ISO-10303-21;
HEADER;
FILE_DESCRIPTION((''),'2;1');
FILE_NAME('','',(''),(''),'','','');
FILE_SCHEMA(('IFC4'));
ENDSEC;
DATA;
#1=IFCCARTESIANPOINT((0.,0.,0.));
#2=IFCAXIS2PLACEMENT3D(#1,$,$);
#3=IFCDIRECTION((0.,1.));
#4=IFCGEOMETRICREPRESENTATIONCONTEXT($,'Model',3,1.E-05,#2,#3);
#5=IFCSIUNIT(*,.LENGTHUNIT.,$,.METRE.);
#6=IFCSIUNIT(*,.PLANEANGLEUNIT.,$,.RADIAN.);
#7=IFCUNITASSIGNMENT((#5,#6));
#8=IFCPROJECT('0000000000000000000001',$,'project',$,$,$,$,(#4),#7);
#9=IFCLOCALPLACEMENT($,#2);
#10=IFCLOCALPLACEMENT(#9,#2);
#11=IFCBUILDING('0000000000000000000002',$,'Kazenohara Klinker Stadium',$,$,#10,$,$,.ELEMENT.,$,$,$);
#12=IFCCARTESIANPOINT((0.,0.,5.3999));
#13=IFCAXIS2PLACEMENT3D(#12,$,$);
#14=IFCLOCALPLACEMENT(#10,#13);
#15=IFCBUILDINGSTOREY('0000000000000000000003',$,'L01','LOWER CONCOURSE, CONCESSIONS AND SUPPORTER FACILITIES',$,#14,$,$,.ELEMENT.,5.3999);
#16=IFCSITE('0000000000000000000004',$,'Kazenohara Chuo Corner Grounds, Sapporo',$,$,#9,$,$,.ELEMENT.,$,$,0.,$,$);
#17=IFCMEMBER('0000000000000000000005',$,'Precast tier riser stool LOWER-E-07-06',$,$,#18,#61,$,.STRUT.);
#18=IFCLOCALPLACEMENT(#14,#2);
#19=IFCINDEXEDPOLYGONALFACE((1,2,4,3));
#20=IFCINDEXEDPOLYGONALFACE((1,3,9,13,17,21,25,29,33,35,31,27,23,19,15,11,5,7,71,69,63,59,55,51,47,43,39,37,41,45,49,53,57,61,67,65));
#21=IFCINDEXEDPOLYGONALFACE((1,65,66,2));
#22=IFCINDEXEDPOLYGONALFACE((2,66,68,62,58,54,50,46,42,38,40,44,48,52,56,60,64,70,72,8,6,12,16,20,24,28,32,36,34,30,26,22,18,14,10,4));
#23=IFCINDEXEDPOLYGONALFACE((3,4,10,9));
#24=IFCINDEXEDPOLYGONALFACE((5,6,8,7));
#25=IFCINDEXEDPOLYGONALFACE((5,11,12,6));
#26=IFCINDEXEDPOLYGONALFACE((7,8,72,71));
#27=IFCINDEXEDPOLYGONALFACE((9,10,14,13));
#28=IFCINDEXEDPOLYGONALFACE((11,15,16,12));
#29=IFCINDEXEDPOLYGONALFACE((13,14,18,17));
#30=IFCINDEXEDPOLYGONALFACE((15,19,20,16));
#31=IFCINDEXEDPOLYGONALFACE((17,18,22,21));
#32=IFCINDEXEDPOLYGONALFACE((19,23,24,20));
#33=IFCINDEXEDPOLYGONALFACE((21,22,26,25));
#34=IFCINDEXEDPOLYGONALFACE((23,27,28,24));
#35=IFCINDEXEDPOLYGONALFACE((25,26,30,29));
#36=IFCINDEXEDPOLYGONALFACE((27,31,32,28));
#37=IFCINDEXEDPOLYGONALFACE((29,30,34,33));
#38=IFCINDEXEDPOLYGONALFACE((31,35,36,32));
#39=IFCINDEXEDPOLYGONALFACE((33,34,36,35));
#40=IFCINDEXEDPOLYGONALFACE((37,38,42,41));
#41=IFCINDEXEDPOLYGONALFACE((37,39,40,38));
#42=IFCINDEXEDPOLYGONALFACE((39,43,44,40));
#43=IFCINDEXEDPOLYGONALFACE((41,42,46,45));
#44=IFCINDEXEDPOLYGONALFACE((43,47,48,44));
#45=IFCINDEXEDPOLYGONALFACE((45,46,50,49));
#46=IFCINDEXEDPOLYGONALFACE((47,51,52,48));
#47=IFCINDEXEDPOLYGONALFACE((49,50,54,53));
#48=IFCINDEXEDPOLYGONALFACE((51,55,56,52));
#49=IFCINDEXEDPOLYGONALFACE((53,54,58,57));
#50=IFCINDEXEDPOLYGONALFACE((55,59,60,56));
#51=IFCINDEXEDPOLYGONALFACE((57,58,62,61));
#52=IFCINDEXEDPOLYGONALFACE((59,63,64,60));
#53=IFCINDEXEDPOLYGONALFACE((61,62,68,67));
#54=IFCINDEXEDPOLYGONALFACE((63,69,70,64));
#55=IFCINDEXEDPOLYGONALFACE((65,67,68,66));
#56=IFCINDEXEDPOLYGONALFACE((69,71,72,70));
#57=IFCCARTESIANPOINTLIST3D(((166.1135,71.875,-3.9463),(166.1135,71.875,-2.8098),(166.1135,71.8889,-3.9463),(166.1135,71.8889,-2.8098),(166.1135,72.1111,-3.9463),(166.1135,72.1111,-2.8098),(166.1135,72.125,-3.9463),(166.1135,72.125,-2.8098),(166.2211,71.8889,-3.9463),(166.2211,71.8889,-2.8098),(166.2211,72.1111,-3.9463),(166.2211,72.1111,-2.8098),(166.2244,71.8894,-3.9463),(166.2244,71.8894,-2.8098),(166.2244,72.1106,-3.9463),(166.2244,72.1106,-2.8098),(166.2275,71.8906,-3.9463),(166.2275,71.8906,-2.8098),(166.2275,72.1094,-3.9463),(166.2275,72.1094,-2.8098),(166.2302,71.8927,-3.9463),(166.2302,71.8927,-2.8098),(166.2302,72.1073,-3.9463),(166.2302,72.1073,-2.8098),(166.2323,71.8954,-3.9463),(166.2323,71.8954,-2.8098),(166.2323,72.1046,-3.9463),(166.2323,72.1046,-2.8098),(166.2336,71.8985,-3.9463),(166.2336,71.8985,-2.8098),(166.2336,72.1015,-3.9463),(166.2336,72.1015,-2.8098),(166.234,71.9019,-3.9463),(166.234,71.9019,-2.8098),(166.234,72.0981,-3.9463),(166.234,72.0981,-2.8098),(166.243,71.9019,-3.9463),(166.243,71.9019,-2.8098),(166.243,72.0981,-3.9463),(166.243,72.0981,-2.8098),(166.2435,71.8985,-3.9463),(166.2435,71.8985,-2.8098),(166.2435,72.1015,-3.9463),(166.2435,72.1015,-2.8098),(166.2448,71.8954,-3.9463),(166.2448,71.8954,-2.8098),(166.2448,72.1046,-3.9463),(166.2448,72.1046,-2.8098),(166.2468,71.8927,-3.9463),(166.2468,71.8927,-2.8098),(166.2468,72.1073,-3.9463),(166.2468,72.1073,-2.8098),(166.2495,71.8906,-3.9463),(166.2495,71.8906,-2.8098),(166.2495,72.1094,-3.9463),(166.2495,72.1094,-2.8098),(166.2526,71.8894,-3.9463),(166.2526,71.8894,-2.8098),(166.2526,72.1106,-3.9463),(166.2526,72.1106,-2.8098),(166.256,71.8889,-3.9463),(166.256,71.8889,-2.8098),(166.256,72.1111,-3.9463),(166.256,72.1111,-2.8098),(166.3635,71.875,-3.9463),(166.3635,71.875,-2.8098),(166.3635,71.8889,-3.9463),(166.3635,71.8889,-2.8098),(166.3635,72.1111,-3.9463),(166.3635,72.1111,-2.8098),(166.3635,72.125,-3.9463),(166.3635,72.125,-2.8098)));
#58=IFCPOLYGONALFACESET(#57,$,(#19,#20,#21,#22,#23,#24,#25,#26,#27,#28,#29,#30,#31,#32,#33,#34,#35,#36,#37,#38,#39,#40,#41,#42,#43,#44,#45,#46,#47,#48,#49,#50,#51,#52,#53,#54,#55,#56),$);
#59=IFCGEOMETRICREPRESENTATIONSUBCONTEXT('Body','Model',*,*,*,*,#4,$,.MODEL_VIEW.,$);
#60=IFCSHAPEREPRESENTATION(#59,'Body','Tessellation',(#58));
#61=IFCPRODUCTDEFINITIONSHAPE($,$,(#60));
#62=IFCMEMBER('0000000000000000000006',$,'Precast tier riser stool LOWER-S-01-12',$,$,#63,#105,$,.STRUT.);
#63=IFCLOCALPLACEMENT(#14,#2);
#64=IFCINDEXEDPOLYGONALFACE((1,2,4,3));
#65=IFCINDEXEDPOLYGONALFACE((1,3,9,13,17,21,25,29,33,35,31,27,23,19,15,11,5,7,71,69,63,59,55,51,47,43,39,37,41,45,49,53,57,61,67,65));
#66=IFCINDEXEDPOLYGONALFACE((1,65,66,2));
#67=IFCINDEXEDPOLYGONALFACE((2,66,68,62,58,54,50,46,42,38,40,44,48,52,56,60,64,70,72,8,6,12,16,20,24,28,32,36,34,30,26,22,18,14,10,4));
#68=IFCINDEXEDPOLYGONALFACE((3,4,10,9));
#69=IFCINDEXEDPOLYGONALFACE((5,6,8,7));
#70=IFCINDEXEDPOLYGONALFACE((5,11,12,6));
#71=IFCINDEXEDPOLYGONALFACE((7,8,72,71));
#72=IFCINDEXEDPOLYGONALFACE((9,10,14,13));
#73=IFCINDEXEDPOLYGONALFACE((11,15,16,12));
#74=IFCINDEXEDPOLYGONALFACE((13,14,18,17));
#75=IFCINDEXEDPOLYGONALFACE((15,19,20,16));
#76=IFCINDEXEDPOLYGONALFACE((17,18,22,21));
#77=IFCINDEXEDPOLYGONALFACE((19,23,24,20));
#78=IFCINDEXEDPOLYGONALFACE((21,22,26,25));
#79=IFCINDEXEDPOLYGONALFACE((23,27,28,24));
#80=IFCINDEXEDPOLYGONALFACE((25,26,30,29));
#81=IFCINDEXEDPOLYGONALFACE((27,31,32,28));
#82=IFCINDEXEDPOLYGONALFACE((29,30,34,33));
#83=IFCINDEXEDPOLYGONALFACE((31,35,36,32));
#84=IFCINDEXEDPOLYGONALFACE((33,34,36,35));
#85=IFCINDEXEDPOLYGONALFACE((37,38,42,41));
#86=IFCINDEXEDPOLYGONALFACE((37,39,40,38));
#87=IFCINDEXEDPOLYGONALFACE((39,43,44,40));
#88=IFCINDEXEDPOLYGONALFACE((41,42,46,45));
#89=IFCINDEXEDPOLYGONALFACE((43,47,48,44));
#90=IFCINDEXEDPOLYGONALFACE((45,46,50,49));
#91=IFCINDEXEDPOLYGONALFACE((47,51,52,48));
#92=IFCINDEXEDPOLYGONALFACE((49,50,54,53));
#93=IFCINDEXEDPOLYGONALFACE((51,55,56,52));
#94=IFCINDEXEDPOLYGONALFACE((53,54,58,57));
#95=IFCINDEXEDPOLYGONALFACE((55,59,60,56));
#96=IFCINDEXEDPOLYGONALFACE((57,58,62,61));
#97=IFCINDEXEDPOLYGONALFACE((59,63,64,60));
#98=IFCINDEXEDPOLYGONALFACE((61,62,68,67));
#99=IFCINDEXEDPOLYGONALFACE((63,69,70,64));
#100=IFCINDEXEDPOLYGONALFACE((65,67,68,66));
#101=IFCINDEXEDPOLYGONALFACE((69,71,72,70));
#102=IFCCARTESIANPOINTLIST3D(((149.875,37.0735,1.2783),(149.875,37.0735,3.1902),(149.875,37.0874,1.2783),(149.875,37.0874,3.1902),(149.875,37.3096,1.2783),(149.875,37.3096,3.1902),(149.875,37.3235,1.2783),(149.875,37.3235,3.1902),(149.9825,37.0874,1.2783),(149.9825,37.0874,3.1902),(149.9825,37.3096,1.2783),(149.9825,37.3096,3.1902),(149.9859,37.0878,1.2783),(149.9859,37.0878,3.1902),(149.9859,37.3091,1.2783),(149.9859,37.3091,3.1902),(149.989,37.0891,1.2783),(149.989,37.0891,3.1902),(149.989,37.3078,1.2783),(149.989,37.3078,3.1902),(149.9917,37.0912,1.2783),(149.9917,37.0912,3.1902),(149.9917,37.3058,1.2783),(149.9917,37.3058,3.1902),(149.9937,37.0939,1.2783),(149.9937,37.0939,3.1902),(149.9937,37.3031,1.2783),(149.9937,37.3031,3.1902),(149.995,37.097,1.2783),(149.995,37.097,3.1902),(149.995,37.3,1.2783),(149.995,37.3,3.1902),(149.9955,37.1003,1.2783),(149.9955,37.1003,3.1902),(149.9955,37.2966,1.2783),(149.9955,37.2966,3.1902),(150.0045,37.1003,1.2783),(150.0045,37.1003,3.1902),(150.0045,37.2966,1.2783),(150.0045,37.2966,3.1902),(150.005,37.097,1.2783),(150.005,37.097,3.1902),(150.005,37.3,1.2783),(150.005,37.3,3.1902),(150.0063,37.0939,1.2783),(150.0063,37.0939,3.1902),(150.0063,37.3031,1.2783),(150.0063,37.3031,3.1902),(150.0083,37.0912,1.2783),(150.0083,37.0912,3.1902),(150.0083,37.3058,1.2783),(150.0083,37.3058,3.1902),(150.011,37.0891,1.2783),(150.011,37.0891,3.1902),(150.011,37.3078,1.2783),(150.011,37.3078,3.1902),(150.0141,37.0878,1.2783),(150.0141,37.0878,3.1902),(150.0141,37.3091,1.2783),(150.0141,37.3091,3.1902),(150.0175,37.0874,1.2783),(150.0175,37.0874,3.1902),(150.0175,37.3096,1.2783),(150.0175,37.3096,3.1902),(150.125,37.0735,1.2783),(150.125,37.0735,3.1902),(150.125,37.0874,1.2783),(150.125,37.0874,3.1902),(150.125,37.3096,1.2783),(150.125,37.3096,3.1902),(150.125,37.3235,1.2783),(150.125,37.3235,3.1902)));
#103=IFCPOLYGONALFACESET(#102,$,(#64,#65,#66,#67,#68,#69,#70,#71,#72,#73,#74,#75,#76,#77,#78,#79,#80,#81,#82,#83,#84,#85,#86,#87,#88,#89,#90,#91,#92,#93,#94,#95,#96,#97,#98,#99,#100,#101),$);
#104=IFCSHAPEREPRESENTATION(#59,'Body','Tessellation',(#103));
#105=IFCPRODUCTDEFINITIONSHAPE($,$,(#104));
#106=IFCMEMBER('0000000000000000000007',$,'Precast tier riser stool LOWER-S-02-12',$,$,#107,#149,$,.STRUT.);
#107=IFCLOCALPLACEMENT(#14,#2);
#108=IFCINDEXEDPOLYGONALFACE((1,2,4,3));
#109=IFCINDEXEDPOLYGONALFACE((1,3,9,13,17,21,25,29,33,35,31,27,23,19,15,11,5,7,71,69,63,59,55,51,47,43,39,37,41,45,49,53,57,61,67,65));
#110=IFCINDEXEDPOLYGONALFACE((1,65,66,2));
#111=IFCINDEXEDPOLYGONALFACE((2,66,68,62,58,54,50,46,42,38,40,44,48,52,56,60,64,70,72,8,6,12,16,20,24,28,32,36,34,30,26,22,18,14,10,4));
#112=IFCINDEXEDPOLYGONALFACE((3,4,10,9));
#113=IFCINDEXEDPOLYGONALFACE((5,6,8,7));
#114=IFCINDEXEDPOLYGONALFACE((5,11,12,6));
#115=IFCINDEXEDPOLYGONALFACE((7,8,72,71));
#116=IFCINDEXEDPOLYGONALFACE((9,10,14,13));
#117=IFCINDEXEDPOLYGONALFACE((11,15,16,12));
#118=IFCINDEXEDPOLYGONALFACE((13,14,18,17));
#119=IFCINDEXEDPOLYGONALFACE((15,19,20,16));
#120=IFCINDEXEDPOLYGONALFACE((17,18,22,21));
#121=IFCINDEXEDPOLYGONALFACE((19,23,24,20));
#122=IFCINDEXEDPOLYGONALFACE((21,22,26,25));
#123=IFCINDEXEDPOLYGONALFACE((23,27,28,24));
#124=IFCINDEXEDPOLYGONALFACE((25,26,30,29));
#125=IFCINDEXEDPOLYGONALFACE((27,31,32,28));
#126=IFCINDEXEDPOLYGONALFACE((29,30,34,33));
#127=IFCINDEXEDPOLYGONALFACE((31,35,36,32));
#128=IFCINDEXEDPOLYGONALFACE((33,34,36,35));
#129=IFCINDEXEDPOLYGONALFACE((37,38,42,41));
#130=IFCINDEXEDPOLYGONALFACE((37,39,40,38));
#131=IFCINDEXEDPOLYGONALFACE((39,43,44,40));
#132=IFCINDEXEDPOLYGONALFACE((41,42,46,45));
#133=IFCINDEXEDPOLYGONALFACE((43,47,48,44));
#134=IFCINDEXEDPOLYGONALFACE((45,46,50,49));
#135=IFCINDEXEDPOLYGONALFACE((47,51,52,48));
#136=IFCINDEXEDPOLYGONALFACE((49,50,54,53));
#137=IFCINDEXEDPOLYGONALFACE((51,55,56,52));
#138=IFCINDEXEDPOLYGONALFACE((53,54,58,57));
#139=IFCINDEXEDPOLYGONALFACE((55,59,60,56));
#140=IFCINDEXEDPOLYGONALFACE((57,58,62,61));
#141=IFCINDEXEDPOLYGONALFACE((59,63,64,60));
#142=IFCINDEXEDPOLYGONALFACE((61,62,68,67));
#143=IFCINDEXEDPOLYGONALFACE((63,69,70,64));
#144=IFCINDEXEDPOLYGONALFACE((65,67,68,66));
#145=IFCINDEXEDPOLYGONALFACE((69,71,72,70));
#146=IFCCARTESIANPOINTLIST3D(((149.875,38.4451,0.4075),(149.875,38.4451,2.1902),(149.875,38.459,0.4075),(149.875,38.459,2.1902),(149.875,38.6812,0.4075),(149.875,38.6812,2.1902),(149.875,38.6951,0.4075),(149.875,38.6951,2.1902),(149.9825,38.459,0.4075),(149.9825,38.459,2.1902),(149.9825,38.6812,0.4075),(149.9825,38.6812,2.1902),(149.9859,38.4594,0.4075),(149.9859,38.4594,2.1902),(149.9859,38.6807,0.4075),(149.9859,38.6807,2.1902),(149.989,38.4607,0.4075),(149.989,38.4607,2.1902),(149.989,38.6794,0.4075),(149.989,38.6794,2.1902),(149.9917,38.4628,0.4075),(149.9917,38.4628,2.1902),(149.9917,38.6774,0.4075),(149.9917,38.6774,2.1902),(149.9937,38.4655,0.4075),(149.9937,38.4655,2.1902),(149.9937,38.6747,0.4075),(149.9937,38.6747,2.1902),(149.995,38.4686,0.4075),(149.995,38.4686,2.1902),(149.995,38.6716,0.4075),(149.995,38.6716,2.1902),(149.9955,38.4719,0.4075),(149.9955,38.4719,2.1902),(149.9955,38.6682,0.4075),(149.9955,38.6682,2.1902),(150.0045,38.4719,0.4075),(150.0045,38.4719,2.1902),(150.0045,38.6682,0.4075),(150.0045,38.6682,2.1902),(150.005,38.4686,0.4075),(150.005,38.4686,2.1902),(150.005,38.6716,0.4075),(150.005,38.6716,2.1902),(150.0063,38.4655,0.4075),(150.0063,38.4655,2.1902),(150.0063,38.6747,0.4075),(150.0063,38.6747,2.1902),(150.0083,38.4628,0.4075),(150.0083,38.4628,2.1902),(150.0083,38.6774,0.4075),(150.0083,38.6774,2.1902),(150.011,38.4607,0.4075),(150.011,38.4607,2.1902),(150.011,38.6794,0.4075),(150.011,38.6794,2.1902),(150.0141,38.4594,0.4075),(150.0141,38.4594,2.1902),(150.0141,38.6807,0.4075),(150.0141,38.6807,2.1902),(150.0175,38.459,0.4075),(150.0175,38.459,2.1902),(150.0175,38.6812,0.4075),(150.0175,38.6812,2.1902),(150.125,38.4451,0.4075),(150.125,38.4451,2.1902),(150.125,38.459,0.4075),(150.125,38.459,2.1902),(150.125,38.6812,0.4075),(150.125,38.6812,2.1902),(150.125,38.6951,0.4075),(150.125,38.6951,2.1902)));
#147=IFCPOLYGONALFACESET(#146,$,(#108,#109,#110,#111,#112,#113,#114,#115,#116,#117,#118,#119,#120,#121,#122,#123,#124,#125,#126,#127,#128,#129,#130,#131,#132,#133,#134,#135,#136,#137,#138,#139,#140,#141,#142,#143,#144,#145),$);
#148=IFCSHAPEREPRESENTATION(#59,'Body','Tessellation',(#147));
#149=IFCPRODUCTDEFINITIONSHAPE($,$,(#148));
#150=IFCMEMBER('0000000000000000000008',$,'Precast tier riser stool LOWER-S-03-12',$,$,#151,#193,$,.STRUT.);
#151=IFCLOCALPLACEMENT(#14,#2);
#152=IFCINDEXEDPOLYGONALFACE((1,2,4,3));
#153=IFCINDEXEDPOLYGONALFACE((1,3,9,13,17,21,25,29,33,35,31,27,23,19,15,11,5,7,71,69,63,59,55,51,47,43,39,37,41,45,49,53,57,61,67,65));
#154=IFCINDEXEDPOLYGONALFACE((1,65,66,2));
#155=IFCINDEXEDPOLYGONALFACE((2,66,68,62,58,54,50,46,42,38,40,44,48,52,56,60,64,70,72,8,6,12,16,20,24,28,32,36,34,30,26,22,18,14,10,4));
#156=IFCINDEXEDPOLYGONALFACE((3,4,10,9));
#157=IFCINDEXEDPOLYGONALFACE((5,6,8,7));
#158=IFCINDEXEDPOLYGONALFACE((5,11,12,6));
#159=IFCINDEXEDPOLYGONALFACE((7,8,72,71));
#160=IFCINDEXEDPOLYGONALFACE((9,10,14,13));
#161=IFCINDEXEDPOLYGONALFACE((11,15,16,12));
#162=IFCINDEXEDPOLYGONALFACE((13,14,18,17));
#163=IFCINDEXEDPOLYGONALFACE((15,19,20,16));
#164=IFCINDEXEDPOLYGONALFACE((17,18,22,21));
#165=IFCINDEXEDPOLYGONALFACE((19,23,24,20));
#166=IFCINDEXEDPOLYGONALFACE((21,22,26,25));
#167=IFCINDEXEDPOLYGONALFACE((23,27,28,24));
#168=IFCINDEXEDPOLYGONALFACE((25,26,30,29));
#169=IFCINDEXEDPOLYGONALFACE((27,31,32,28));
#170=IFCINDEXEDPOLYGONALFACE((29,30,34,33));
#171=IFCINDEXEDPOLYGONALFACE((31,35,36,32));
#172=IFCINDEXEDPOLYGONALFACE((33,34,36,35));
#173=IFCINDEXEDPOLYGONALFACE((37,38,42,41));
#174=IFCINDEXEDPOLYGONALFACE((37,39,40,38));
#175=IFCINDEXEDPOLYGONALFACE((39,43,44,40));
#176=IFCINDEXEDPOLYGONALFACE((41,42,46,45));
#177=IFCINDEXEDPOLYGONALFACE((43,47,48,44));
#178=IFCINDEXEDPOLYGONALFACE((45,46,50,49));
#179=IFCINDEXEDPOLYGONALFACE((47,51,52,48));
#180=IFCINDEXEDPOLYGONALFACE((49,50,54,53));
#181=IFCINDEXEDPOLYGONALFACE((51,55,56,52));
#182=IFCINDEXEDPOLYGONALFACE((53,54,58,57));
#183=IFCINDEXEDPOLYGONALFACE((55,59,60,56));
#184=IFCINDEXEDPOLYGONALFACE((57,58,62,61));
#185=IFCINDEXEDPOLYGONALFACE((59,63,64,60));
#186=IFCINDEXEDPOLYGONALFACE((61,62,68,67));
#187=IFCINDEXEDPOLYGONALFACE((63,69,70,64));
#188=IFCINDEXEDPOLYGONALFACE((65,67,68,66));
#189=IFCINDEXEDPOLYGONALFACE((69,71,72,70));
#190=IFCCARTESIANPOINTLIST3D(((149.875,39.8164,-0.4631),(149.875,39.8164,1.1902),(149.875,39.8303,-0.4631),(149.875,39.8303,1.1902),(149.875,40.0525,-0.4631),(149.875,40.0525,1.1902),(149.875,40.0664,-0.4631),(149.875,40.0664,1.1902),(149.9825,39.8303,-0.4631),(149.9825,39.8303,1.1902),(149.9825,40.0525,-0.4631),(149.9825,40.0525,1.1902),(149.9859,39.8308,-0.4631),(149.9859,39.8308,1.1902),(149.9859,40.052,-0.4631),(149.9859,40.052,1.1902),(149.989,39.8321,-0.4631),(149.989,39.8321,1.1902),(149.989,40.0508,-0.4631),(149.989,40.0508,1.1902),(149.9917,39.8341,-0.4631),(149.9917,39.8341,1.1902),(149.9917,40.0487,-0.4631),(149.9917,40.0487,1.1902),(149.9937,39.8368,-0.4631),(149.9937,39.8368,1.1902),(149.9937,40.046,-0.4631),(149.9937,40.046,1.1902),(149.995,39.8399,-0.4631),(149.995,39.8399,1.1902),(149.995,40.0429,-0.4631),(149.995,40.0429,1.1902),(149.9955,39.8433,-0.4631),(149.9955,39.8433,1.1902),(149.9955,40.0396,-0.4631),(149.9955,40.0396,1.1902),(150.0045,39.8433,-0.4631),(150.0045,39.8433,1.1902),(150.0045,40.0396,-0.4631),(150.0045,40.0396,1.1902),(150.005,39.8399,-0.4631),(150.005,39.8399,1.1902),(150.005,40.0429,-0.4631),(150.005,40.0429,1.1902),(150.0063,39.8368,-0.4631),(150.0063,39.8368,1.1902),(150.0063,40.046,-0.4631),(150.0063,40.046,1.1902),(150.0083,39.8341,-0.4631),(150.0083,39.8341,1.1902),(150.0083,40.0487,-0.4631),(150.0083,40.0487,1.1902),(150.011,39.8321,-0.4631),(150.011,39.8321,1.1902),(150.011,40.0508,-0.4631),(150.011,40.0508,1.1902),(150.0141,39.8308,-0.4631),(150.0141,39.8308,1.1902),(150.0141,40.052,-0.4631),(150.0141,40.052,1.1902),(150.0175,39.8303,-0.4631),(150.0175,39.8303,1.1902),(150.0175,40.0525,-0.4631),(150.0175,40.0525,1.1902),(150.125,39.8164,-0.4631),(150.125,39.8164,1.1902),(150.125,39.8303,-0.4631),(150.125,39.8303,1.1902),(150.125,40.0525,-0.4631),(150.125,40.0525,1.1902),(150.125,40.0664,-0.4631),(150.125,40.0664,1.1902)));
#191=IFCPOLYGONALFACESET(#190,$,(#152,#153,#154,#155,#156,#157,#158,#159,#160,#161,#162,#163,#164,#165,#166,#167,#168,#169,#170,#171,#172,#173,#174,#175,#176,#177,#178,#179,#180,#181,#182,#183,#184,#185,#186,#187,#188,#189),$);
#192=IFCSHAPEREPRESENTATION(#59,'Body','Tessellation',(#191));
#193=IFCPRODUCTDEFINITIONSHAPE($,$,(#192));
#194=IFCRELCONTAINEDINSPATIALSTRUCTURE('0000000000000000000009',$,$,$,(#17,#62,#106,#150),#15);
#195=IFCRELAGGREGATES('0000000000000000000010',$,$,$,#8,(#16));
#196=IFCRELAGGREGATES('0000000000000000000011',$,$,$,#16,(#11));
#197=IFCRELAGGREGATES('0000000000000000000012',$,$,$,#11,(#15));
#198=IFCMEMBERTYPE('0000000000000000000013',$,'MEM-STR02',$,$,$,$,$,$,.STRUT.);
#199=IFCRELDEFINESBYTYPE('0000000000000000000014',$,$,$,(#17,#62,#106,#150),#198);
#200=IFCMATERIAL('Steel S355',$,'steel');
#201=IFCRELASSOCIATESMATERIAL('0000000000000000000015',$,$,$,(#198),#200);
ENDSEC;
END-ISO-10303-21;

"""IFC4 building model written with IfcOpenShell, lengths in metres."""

from ifc_helpers import new_model, si_unit, direction, frame, origin, origin_2d, place, context, subcontext, project, spatial, i_section, extrude, material, material_profile, profile_set, type_object, element, save


model = new_model("IFC4")

# Units and contexts
model_context = context("Model", 3, precision=1e-05, world=origin(), true_north=direction((0.0, 1.0)))
body_context = subcontext(model_context, "Body", "Model", "MODEL_VIEW")
ifc_project = project(units=[si_unit("LENGTHUNIT", "METRE"), si_unit("PLANEANGLEUNIT", "RADIAN")], contexts=[model_context])

# Site, building, storey
site_placement = place(None, origin())
site = spatial("IfcSite", under=ifc_project, at=site_placement, Name="Kazenohara Chuo Corner Grounds, Sapporo", CompositionType="ELEMENT", RefElevation=0.0)
building_placement = place(site_placement, origin())
building = spatial("IfcBuilding", under=site, at=building_placement, Name="Kazenohara Klinker Stadium", CompositionType="ELEMENT")
storey_placement = place(building_placement, frame((0.0, 0.0, 5.3999)))
storey = spatial("IfcBuildingStorey", under=building, at=storey_placement, Name="L01", Description="LOWER CONCOURSE, CONCESSIONS AND SUPPORTER FACILITIES", CompositionType="ELEMENT", Elevation=5.3999)

# Shared definitions
ifc_material_1 = material(Name="Steel S355", Category="steel")

# Members
ifc_material_profile_1 = material_profile(ifc_material_1, i_section(OverallWidth=0.25, OverallDepth=0.25, WebThickness=0.009, FlangeThickness=0.0139, FilletRadius=0.0129, at=origin_2d()), Name="H-250x250x9x14")
ifc_profile_set_1 = profile_set([ifc_material_profile_1], Name="Steel S355")
member_type = type_object("IfcMemberType", Name="MEM-STR02", PredefinedType="STRUT", material=ifc_profile_set_1)
for number, where, z_axis, x_axis, name in (
    (1, (166.2385, 72.0, -3.9463), (0.0, 0.0, 1.0), (1.0, 0.0, 0.0), "Precast tier riser stool LOWER-E-07-06"),
):
    element("IfcMember", number, at=place(storey_placement, frame(where, z_axis=z_axis, x_axis=x_axis)), inside=storey, type_object=member_type, Name=name, PredefinedType="STRUT", context=body_context, shape_type="SweptSolid", body=[
        extrude(i_section(OverallWidth=0.25, OverallDepth=0.25, WebThickness=0.009, FlangeThickness=0.0139, FilletRadius=0.0129, at=origin_2d()), origin(), (0.0, 0.0, 1.0), 1.1365),
    ])
member_1_placement = place(storey_placement, frame((150.0, 37.1985, 1.2783), z_axis=(0.0, 0.0, 1.0), x_axis=(1.0, 0.0, 0.0)))
element("IfcMember", 2, at=member_1_placement, inside=storey, type_object=member_type, Name="Precast tier riser stool LOWER-S-01-12", PredefinedType="STRUT", context=body_context, shape_type="SweptSolid", body=[
    extrude(i_section(OverallWidth=0.25, OverallDepth=0.25, WebThickness=0.009, FlangeThickness=0.0139, FilletRadius=0.0129, at=origin_2d()), origin(), (0.0, 0.0, 1.0), 1.9119),
])
member_2_placement = place(storey_placement, frame((150.0, 38.5701, 0.4075), z_axis=(0.0, 0.0, 1.0), x_axis=(1.0, 0.0, 0.0)))
element("IfcMember", 3, at=member_2_placement, inside=storey, type_object=member_type, Name="Precast tier riser stool LOWER-S-02-12", PredefinedType="STRUT", context=body_context, shape_type="SweptSolid", body=[
    extrude(i_section(OverallWidth=0.25, OverallDepth=0.25, WebThickness=0.009, FlangeThickness=0.0139, FilletRadius=0.0129, at=origin_2d()), origin(), (0.0, 0.0, 1.0), 1.7827),
])
member_3_placement = place(storey_placement, frame((150.0, 39.9414, -0.4631), z_axis=(0.0, 0.0, 1.0), x_axis=(1.0, 0.0, 0.0)))
element("IfcMember", 4, at=member_3_placement, inside=storey, type_object=member_type, Name="Precast tier riser stool LOWER-S-03-12", PredefinedType="STRUT", context=body_context, shape_type="SweptSolid", body=[
    extrude(i_section(OverallWidth=0.25, OverallDepth=0.25, WebThickness=0.009, FlangeThickness=0.0139, FilletRadius=0.0129, at=origin_2d()), origin(), (0.0, 0.0, 1.0), 1.6533),
])

save(model, "model.ifc")
